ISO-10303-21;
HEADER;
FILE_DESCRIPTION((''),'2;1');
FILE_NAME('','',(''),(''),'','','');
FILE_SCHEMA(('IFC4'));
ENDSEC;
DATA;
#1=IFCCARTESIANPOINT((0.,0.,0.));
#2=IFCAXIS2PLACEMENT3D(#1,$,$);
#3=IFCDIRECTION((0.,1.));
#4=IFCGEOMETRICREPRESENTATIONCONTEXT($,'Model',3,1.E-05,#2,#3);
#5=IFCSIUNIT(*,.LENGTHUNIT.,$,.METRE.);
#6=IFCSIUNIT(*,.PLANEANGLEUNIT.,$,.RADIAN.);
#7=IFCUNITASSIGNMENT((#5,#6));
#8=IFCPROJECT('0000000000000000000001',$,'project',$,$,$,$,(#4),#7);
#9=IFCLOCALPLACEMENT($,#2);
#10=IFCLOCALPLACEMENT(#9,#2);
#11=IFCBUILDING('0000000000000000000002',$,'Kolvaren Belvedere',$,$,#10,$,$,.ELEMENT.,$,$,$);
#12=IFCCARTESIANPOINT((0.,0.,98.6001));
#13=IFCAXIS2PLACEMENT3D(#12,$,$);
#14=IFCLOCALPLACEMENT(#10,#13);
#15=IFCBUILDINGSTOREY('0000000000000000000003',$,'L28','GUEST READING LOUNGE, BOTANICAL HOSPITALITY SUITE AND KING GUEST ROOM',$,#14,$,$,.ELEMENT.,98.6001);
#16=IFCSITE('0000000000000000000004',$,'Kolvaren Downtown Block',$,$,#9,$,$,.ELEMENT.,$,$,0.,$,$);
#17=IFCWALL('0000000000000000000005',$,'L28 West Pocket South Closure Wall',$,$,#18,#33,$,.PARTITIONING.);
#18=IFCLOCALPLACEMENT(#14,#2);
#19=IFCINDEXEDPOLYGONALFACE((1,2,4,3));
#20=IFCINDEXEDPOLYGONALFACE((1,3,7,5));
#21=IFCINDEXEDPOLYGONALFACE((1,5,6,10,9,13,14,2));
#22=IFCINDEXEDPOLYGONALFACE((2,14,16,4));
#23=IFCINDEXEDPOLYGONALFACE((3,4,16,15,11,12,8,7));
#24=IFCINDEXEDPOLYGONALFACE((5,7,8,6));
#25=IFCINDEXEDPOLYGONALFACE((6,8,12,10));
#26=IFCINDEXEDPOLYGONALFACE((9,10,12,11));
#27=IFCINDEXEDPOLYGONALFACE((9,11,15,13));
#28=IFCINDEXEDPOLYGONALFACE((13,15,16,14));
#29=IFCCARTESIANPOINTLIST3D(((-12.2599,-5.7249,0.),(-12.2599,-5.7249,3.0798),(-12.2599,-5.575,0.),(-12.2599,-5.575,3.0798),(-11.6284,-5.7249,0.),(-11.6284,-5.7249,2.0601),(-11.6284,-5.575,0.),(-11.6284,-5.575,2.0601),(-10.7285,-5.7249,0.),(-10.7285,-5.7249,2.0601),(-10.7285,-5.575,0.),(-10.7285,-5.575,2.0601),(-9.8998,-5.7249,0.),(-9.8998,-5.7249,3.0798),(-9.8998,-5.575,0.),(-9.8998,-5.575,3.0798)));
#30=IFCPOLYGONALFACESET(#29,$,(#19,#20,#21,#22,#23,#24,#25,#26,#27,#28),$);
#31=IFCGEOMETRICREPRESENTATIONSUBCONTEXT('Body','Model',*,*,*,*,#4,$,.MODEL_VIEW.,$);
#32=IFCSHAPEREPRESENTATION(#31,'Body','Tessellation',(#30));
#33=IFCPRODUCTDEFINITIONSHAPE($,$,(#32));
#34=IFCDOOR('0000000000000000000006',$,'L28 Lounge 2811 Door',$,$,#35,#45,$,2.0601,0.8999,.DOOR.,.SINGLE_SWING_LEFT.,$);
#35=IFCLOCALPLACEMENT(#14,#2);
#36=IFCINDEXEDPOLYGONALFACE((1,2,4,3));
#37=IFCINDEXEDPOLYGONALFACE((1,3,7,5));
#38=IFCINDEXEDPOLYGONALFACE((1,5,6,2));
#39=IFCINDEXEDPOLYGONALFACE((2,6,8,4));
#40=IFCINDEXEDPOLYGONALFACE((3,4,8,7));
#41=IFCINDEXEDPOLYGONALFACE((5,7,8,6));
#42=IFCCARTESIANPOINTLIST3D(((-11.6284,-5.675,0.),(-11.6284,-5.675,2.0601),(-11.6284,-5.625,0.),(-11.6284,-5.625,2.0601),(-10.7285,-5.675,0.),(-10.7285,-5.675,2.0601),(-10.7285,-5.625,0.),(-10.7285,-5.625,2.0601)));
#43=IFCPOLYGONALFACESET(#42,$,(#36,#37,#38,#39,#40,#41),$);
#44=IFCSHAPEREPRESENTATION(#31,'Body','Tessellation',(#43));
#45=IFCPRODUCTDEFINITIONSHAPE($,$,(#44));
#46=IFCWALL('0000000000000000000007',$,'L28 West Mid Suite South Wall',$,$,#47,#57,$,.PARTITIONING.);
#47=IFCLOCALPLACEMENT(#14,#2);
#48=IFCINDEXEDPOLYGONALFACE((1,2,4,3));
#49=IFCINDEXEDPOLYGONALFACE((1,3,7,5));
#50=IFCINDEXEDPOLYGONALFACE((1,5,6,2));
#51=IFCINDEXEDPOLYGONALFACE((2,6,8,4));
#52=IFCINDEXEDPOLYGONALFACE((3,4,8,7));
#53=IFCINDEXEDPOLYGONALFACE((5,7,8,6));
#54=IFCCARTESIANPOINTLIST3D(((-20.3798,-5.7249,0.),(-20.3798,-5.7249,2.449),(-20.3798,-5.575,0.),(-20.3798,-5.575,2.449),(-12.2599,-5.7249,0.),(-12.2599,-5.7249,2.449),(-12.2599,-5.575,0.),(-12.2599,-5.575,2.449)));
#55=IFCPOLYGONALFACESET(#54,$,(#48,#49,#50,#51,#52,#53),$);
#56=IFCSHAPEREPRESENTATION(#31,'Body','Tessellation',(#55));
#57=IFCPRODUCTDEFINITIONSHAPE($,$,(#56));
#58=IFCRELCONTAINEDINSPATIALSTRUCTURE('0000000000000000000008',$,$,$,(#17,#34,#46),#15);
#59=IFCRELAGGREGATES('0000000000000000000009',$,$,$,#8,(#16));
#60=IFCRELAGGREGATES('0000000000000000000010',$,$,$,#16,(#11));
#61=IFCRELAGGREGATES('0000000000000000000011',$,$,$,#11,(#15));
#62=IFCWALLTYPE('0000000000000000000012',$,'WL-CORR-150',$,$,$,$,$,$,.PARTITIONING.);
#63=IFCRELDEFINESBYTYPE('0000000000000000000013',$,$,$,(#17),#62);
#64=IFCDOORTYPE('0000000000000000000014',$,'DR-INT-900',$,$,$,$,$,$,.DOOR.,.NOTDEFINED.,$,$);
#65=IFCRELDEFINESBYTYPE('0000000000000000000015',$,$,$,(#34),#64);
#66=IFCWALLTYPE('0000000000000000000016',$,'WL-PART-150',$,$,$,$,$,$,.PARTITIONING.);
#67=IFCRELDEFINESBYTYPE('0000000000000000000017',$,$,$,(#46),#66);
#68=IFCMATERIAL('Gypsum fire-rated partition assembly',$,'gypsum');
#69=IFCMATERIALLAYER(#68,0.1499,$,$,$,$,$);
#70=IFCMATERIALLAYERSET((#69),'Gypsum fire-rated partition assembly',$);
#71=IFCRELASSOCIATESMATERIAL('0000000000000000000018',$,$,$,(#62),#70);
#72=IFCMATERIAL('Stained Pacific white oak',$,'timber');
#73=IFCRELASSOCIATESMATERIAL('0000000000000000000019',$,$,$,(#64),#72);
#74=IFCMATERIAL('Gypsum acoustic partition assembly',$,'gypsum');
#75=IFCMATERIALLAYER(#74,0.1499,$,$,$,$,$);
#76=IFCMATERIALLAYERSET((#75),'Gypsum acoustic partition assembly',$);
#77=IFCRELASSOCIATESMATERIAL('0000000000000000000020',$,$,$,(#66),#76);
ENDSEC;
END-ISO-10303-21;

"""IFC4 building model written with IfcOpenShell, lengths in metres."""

from ifc_helpers import new_model, si_unit, direction, frame, frame_2d, origin, place, context, subcontext, project, spatial, rectangle, extrude, material, layer, layer_set, type_object, element, fill, save


model = new_model("IFC4")

# Units and contexts
model_context = context("Model", 3, precision=1e-05, world=origin(), true_north=direction((0.0, 1.0)))
body_context = subcontext(model_context, "Body", "Model", "MODEL_VIEW")
ifc_project = project(units=[si_unit("LENGTHUNIT", "METRE"), si_unit("PLANEANGLEUNIT", "RADIAN")], contexts=[model_context])

# Site, building, storey
site_placement = place(None, origin())
site = spatial("IfcSite", under=ifc_project, at=site_placement, Name="Kolvaren Downtown Block", CompositionType="ELEMENT", RefElevation=0.0)
building_placement = place(site_placement, origin())
building = spatial("IfcBuilding", under=site, at=building_placement, Name="Kolvaren Belvedere", CompositionType="ELEMENT")
storey_placement = place(building_placement, frame((0.0, 0.0, 98.6001)))
storey = spatial("IfcBuildingStorey", under=building, at=storey_placement, Name="L28", Description="GUEST READING LOUNGE, BOTANICAL HOSPITALITY SUITE AND KING GUEST ROOM", CompositionType="ELEMENT", Elevation=98.6001)

# Shared definitions
ifc_material_1 = material(Name="Gypsum fire-rated partition assembly", Category="gypsum")
ifc_layer_1 = layer(ifc_material_1, 0.1499)
ifc_layer_set_1 = layer_set([ifc_layer_1], Name="Gypsum fire-rated partition assembly")
wall_type_1 = type_object("IfcWallType", Name="WL-CORR-150", PredefinedType="PARTITIONING", material=ifc_layer_set_1)
ifc_material_2 = material(Name="Stained Pacific white oak", Category="timber")
door_type = type_object("IfcDoorType", Name="DR-INT-900", OperationType="NOTDEFINED", PredefinedType="DOOR", material=ifc_material_2)

# Wall, opening, door
wall_1_placement = place(storey_placement, frame((-12.26, -5.6499, 0.0), z_axis=(0.0, 0.0, 1.0), x_axis=(1.0, 0.0, 0.0)))
wall_1 = element("IfcWall", 1, at=wall_1_placement, inside=storey, type_object=wall_type_1, Name="L28 West Pocket South Closure Wall", PredefinedType="PARTITIONING", context=body_context, shape_type="SweptSolid", body=[
    extrude(rectangle(XDim=2.3601, YDim=0.1499, at=frame_2d((1.1802, 0.0))), origin(), (0.0, 0.0, 1.0), 3.0798),
])
opening_1_placement = place(wall_1_placement, frame((0.6316, 0.0, 0.0)))
opening_1 = element("IfcOpeningElement", 2, at=opening_1_placement, cuts=wall_1, PredefinedType="OPENING", context=body_context, shape_type="SweptSolid", body=[
    extrude(rectangle(XDim=0.8999, YDim=2.0601, at=frame_2d((0.45, 1.03))), frame((0.0, 0.085, 0.0), z_axis=(0.0, -1.0, 0.0), x_axis=(1.0, 0.0, 0.0)), (0.0, 0.0, 1.0), 0.1699),
])
door_1_placement = place(opening_1_placement, origin())
door_1 = element("IfcDoor", 3, at=door_1_placement, inside=storey, type_object=door_type, Name="L28 Lounge 2811 Door", OperationType="SINGLE_SWING_LEFT", OverallHeight=2.0601, OverallWidth=0.8999, PredefinedType="DOOR", context=body_context, shape_type="SweptSolid", body=[
    extrude(rectangle(XDim=0.8999, YDim=2.0601, at=frame_2d((0.45, 1.03))), frame((0.0, 0.0249, 0.0), z_axis=(0.0, -1.0, 0.0), x_axis=(1.0, 0.0, 0.0)), (0.0, 0.0, 1.0), 0.05),
])
fill(opening_1, door_1)

# Wall
ifc_material_3 = material(Name="Gypsum acoustic partition assembly", Category="gypsum")
ifc_layer_2 = layer(ifc_material_3, 0.1499)
ifc_layer_set_2 = layer_set([ifc_layer_2], Name="Gypsum acoustic partition assembly")
wall_type_2 = type_object("IfcWallType", Name="WL-PART-150", PredefinedType="PARTITIONING", material=ifc_layer_set_2)
wall_2_placement = place(storey_placement, frame((-20.3799, -5.6499, 0.0), z_axis=(0.0, 0.0, 1.0), x_axis=(1.0, 0.0, 0.0)))
element("IfcWall", 4, at=wall_2_placement, inside=storey, type_object=wall_type_2, Name="L28 West Mid Suite South Wall", PredefinedType="PARTITIONING", context=body_context, shape_type="SweptSolid", body=[
    extrude(rectangle(XDim=8.1199, YDim=0.1499, at=frame_2d((4.0601, 0.0))), origin(), (0.0, 0.0, 1.0), 2.449),
])

save(model, "model.ifc")
